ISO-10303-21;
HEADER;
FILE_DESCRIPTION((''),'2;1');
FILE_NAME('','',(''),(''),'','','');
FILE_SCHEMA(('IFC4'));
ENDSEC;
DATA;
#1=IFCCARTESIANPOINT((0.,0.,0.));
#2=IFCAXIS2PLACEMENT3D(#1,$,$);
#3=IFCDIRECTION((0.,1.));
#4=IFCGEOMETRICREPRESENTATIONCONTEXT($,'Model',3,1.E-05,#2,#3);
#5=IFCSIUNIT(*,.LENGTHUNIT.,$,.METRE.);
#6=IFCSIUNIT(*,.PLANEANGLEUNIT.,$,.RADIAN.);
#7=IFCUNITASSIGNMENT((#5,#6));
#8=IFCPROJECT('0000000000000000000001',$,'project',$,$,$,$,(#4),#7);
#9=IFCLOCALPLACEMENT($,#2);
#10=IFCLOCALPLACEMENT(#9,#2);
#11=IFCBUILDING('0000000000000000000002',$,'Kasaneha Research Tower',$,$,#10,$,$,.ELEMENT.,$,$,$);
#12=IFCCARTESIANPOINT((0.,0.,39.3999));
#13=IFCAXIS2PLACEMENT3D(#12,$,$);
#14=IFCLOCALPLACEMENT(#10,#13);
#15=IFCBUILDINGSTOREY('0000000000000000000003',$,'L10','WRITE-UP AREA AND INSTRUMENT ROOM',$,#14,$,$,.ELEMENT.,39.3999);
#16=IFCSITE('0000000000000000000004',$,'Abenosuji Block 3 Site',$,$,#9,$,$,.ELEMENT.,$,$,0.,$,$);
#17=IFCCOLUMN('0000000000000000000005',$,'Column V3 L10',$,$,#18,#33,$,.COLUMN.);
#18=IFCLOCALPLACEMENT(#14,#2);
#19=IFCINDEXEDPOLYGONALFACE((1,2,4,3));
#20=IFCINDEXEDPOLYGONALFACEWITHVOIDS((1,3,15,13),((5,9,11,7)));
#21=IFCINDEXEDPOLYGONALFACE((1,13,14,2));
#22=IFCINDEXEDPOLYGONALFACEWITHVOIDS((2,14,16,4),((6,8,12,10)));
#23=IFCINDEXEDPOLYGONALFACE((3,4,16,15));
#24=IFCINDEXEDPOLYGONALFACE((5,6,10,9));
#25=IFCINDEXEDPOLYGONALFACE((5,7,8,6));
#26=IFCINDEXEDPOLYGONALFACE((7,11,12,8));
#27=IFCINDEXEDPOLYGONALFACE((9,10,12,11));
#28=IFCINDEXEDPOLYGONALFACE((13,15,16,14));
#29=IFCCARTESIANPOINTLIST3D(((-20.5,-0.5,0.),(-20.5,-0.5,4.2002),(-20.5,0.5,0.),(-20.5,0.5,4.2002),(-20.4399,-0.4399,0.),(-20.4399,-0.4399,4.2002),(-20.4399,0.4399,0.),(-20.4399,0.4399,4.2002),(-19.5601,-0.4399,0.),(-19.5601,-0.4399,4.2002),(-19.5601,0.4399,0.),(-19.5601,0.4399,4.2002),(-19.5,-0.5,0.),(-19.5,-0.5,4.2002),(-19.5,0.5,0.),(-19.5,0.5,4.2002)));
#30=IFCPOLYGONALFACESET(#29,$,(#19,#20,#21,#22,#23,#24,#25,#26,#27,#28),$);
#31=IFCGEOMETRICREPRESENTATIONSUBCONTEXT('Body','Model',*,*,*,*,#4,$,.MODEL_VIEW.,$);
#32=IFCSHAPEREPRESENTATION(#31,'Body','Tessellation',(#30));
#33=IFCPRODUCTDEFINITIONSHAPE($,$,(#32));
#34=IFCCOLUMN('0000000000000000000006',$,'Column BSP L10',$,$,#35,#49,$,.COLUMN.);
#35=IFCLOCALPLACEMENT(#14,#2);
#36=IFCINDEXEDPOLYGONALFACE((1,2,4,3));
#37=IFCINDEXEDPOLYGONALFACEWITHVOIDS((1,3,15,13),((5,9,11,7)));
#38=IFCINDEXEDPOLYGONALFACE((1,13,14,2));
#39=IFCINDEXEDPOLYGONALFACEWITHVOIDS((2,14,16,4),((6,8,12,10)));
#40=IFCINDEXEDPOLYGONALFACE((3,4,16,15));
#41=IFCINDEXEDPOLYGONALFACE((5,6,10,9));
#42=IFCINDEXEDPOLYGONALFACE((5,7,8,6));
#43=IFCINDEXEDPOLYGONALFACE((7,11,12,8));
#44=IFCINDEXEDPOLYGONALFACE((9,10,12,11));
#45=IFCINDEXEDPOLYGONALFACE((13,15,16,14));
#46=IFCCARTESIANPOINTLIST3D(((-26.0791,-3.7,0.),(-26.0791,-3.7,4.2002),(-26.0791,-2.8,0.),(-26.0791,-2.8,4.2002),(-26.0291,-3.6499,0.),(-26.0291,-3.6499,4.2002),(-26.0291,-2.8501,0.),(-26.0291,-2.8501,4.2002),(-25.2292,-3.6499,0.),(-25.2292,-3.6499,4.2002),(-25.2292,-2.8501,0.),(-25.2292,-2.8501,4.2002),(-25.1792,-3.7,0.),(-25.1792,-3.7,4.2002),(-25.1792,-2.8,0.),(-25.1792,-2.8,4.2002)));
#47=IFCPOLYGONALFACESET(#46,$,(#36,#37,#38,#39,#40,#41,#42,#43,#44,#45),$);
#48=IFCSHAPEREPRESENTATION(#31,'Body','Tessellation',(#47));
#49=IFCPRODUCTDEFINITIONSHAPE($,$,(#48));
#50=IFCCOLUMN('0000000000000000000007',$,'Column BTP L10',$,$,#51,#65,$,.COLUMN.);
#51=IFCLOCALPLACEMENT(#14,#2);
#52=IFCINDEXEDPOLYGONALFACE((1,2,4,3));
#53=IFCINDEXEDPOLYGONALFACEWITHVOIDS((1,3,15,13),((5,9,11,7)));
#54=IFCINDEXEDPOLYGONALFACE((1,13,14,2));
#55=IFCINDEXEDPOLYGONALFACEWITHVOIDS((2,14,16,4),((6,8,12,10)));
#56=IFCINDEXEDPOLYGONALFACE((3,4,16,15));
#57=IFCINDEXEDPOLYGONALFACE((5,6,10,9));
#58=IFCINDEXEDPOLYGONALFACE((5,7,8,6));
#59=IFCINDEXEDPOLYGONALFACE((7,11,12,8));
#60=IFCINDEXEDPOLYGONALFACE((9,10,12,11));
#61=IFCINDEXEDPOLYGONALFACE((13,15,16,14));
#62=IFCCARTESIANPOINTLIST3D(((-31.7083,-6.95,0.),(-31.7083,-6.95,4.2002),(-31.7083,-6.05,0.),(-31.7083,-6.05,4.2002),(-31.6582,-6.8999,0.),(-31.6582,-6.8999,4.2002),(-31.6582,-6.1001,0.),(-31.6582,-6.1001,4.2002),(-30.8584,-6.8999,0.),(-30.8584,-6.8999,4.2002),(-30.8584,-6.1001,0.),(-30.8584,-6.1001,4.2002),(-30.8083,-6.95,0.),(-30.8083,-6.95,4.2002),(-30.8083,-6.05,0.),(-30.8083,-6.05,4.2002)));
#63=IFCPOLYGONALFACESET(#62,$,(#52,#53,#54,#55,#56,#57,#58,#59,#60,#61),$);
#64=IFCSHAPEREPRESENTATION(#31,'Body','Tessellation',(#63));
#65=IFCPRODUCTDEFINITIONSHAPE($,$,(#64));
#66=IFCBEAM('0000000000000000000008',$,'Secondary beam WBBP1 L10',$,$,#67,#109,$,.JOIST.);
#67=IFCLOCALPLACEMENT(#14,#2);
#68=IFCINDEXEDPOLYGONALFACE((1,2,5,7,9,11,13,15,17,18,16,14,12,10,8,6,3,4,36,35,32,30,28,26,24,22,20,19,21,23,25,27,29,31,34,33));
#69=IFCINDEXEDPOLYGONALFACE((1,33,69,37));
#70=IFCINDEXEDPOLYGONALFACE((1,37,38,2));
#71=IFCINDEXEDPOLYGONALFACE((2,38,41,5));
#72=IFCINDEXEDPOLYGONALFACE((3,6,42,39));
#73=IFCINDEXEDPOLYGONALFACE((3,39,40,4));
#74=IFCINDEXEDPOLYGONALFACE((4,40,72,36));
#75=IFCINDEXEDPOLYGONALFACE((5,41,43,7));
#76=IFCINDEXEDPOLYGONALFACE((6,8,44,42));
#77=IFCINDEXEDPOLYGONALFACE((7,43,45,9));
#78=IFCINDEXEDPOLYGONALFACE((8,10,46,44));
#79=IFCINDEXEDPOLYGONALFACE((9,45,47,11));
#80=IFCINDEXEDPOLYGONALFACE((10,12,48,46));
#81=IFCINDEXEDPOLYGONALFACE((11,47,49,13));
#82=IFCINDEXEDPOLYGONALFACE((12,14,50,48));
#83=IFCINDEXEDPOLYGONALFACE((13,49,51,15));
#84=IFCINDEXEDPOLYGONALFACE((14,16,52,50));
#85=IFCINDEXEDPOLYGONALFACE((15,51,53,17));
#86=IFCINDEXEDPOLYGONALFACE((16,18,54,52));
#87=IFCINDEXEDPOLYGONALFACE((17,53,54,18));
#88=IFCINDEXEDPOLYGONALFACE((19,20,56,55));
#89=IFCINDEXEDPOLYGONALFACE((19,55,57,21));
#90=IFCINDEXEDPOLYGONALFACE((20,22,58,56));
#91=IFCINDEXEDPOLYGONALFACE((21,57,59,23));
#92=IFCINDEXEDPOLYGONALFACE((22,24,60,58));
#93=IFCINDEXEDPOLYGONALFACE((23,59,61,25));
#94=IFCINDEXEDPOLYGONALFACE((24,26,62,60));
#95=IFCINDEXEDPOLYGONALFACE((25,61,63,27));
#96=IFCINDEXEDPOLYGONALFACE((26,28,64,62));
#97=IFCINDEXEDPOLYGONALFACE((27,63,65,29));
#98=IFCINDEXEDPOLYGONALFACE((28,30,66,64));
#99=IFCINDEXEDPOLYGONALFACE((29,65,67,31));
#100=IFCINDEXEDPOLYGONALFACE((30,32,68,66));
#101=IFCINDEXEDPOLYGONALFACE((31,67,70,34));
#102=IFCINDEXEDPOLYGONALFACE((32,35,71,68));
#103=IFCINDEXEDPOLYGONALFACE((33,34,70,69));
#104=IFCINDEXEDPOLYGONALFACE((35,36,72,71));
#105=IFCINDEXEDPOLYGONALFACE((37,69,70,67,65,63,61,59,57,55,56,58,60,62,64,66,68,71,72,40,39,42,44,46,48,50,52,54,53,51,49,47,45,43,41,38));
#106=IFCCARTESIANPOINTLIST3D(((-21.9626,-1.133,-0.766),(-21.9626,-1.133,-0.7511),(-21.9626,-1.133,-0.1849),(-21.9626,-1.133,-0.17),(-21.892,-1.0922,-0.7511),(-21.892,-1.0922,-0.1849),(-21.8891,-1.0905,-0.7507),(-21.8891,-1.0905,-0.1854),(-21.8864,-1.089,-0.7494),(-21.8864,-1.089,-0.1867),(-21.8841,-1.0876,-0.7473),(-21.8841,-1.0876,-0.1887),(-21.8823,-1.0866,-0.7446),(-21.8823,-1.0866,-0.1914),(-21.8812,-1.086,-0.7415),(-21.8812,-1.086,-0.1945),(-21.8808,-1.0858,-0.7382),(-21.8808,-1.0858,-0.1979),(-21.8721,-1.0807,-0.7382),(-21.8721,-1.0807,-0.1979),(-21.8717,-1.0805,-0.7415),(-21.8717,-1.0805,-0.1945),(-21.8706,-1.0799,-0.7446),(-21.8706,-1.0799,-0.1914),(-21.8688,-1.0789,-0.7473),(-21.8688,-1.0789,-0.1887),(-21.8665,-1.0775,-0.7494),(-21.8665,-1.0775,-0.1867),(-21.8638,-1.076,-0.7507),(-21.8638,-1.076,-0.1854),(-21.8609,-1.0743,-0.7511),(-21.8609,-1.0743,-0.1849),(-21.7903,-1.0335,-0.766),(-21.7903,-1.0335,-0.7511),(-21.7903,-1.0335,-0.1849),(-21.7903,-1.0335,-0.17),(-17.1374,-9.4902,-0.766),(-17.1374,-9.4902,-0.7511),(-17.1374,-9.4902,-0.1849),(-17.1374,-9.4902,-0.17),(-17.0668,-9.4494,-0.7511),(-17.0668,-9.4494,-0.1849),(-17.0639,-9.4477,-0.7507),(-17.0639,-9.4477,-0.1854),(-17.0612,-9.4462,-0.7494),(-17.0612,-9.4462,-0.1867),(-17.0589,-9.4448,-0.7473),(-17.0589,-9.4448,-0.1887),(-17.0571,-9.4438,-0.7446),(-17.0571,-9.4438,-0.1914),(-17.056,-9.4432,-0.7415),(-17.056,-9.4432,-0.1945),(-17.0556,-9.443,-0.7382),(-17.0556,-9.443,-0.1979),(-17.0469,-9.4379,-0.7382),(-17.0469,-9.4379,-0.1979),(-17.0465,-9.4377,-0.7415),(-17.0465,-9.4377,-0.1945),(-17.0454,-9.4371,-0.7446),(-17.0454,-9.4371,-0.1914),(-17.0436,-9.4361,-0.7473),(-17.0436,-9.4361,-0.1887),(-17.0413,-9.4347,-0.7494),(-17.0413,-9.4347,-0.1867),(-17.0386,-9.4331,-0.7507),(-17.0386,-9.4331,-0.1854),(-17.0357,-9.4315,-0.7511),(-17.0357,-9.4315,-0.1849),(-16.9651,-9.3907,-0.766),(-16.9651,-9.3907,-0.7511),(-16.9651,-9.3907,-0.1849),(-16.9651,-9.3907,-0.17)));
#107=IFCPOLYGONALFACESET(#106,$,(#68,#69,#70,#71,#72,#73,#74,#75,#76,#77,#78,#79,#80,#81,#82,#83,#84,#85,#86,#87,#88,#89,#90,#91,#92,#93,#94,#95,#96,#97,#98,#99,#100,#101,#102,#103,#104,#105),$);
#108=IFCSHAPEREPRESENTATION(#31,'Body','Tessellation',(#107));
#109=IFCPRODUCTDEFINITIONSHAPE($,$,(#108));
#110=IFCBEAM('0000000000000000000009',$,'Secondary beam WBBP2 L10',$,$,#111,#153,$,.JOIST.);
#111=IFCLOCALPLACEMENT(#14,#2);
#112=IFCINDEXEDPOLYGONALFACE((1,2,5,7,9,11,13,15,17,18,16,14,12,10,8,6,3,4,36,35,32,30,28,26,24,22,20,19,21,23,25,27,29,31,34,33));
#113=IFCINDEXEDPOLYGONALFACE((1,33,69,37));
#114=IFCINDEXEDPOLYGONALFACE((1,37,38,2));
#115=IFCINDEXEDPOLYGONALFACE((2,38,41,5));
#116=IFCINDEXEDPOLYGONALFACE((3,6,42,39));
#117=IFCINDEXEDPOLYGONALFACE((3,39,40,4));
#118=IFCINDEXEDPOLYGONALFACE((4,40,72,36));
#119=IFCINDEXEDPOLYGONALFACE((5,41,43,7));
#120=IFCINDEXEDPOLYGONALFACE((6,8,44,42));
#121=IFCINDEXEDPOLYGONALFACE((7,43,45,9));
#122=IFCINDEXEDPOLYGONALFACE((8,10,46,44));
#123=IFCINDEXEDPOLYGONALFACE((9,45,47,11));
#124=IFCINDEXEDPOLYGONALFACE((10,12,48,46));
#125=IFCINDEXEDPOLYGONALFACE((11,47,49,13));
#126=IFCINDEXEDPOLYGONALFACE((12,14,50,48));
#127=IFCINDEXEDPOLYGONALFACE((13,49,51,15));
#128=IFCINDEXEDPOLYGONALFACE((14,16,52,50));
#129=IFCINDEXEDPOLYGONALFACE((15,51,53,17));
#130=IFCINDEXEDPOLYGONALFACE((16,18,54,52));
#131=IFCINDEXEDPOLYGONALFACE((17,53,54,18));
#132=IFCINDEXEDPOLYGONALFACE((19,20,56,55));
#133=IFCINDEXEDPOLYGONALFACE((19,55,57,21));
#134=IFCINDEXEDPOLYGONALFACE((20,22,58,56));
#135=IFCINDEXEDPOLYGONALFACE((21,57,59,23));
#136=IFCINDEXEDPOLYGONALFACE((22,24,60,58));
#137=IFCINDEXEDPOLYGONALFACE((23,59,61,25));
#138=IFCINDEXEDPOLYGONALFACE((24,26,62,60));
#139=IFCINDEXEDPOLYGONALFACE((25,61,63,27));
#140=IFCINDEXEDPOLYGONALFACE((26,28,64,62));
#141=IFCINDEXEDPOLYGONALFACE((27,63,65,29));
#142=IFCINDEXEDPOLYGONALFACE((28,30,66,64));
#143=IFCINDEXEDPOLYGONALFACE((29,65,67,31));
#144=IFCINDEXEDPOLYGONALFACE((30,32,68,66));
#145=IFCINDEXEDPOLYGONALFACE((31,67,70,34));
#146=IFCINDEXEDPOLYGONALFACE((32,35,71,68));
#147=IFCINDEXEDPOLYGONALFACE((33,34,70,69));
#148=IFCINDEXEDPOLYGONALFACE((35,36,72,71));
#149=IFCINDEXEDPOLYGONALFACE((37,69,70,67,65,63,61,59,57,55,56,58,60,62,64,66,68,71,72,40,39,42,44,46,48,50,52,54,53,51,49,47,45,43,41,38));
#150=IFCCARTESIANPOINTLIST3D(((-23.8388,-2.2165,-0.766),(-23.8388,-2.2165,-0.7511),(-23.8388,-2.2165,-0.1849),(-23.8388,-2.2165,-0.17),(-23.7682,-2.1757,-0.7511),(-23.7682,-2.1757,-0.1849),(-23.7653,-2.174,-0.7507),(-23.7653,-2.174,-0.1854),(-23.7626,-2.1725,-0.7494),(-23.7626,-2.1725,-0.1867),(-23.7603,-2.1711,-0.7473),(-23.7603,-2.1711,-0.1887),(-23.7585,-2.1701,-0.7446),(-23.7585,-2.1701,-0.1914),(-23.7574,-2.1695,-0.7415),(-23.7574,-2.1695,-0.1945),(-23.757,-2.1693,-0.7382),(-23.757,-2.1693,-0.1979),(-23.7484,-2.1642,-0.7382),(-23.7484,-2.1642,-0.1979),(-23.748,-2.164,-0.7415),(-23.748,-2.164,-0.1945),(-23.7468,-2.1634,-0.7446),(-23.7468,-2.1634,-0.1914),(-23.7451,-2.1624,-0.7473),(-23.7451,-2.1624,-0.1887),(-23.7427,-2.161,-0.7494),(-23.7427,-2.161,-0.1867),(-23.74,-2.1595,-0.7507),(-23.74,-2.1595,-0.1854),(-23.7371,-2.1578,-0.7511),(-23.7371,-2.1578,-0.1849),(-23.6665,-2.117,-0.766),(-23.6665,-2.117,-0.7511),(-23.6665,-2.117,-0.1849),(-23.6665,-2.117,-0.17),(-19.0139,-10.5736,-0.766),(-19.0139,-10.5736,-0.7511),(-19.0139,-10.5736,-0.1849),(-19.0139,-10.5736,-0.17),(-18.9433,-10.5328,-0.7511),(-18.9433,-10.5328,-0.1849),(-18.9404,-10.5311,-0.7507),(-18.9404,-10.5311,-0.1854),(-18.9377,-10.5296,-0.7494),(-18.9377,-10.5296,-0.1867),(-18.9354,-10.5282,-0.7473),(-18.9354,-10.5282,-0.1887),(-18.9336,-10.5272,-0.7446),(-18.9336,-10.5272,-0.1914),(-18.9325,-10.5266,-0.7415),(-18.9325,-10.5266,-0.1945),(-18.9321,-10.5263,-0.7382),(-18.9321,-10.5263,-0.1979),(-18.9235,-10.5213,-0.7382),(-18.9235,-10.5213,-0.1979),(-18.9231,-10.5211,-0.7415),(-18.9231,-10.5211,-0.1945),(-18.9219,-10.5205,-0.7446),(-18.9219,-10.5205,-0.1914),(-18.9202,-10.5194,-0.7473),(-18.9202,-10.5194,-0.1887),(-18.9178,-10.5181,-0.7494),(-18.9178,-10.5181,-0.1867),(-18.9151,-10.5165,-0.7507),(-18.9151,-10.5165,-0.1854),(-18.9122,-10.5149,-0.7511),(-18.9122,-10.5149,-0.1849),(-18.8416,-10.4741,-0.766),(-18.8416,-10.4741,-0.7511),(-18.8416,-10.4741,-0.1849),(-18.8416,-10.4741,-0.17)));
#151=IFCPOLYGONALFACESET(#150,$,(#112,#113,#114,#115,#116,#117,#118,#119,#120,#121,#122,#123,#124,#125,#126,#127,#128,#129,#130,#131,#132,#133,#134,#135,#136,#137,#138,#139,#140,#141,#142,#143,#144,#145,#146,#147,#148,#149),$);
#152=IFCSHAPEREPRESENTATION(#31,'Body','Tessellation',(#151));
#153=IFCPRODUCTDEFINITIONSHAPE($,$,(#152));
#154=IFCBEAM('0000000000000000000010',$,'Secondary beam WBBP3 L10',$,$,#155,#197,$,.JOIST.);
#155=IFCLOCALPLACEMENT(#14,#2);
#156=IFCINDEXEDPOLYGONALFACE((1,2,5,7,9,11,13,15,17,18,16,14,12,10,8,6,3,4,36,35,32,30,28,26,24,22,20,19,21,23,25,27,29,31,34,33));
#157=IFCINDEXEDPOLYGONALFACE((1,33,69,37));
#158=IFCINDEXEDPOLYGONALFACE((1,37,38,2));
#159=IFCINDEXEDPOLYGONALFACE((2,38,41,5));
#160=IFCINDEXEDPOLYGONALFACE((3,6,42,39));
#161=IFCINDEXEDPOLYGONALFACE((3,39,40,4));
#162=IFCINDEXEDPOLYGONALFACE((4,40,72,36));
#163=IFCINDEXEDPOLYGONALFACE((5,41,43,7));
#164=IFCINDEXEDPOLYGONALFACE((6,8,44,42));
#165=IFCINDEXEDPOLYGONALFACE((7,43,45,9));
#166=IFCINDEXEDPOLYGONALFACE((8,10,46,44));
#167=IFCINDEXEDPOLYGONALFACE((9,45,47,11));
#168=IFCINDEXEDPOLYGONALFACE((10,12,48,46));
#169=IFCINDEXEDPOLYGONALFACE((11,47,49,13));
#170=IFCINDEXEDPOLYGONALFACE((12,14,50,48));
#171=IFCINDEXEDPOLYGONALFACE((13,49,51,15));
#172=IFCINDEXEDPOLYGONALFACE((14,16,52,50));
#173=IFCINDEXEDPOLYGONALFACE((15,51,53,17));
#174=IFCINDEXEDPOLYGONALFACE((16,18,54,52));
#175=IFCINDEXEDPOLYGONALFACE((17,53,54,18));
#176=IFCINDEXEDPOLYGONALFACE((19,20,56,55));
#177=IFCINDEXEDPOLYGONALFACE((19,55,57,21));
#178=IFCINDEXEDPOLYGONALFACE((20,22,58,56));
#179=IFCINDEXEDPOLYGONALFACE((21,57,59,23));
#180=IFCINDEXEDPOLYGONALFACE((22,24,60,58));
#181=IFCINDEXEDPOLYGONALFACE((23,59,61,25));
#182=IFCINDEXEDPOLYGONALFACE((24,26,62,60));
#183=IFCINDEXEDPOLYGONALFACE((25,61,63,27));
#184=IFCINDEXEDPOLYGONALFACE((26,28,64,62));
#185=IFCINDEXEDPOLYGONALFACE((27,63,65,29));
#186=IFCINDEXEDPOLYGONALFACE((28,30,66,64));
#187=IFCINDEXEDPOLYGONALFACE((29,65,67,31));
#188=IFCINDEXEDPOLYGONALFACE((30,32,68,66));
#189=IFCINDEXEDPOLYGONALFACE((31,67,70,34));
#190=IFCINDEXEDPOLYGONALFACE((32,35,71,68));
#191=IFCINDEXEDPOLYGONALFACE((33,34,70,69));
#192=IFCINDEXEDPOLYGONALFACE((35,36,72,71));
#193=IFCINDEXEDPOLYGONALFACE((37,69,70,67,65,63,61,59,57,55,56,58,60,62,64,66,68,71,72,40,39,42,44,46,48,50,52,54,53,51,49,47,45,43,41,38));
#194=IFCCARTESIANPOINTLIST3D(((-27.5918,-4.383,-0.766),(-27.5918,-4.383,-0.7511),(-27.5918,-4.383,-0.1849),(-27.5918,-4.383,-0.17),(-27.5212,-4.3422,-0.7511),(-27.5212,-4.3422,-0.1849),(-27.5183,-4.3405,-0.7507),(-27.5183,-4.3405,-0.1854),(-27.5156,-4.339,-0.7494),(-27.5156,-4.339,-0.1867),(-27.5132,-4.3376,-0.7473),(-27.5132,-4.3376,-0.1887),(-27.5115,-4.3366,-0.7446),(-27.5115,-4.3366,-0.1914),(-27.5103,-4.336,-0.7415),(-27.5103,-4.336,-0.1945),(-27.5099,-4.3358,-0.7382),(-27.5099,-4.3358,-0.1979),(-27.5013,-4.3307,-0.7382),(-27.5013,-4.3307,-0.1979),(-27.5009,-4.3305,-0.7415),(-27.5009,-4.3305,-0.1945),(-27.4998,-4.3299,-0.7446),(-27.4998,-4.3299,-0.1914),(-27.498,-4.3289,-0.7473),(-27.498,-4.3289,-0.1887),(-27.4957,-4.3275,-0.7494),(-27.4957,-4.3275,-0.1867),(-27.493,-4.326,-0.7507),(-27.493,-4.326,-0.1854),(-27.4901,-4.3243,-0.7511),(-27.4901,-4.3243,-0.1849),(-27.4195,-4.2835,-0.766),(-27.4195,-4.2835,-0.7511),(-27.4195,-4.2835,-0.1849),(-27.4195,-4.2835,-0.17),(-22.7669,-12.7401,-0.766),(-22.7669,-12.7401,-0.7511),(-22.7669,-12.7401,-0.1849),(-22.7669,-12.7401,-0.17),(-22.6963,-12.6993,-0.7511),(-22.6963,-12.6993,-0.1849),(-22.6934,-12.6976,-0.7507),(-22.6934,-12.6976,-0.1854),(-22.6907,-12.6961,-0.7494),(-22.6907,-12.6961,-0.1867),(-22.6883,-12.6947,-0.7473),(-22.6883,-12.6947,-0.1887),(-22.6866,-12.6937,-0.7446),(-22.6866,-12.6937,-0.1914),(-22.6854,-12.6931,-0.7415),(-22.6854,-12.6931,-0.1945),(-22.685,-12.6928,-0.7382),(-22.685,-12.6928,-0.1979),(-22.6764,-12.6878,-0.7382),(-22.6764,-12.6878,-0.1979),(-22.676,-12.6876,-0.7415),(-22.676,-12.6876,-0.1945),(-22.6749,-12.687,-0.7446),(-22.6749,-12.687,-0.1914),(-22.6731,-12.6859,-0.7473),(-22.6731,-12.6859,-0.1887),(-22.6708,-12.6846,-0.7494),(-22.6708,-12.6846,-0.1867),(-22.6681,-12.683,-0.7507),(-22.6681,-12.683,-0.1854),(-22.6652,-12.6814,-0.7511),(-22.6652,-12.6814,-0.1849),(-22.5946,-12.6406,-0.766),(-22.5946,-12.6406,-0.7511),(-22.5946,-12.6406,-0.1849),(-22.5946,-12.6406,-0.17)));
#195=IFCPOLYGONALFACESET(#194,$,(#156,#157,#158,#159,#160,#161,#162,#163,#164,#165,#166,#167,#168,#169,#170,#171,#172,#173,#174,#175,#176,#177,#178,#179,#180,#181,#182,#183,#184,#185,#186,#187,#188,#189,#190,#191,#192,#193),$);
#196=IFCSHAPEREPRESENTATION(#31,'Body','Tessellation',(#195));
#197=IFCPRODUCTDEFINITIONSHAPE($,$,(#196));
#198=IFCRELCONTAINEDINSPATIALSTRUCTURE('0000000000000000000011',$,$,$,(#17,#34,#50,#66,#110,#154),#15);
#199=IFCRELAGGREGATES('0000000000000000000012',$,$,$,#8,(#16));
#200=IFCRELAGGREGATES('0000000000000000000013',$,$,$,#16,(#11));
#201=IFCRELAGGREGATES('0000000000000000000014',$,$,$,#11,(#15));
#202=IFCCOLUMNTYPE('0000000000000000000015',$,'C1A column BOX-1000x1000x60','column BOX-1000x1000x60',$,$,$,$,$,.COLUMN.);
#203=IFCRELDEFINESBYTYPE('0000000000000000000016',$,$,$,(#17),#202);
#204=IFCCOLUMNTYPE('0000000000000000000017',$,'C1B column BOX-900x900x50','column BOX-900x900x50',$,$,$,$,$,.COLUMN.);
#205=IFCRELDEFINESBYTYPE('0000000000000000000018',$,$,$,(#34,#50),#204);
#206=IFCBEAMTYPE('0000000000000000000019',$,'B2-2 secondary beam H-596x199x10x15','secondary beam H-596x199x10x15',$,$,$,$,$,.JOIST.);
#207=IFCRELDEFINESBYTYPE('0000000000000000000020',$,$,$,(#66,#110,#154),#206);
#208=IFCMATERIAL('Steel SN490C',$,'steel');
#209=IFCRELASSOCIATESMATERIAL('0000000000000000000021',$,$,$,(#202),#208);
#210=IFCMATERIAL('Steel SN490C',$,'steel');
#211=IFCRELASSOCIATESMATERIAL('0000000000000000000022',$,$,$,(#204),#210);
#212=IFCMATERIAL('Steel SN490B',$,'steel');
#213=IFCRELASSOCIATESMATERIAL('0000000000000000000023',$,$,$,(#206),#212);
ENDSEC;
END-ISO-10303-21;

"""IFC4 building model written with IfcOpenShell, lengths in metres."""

from ifc_helpers import new_model, si_unit, direction, frame, origin, origin_2d, place, context, subcontext, project, spatial, hollow_rectangle, i_section, extrude, material, material_profile, profile_set, type_object, element, save


model = new_model("IFC4")

# Units and contexts
model_context = context("Model", 3, precision=1e-05, world=origin(), true_north=direction((0.0, 1.0)))
body_context = subcontext(model_context, "Body", "Model", "MODEL_VIEW")
ifc_project = project(units=[si_unit("LENGTHUNIT", "METRE"), si_unit("PLANEANGLEUNIT", "RADIAN")], contexts=[model_context])

# Site, building, storey
site_placement = place(None, origin())
site = spatial("IfcSite", under=ifc_project, at=site_placement, Name="Abenosuji Block 3 Site", CompositionType="ELEMENT", RefElevation=0.0)
building_placement = place(site_placement, origin())
building = spatial("IfcBuilding", under=site, at=building_placement, Name="Kasaneha Research Tower", CompositionType="ELEMENT")
storey_placement = place(building_placement, frame((0.0, 0.0, 39.3999)))
storey = spatial("IfcBuildingStorey", under=building, at=storey_placement, Name="L10", Description="WRITE-UP AREA AND INSTRUMENT ROOM", CompositionType="ELEMENT", Elevation=39.3999)

# Columns
ifc_material_1 = material(Name="Steel SN490C", Category="steel")
ifc_material_profile_1 = material_profile(ifc_material_1, hollow_rectangle(XDim=1.0, YDim=1.0, WallThickness=0.0601, at=origin_2d()), Name="BOX-1000x1000x60")
ifc_profile_set_1 = profile_set([ifc_material_profile_1], Name="Steel SN490C")
column_type_1 = type_object("IfcColumnType", Name="C1A column BOX-1000x1000x60", Description="column BOX-1000x1000x60", PredefinedType="COLUMN", material=ifc_profile_set_1)
column_placement = place(storey_placement, frame((-20.0, 0.0, 0.0), z_axis=(0.0, 0.0, 1.0), x_axis=(1.0, 0.0, 0.0)))
element("IfcColumn", 1, at=column_placement, inside=storey, type_object=column_type_1, Name="Column V3 L10", PredefinedType="COLUMN", context=body_context, shape_type="SweptSolid", body=[
    extrude(hollow_rectangle(XDim=1.0, YDim=1.0, WallThickness=0.0601, at=origin_2d()), origin(), (0.0, 0.0, 1.0), 4.2002),
])
ifc_material_2 = material(Name="Steel SN490C", Category="steel")
ifc_material_profile_2 = material_profile(ifc_material_2, hollow_rectangle(XDim=0.8999, YDim=0.8999, WallThickness=0.05, at=origin_2d()), Name="BOX-900x900x50")
ifc_profile_set_2 = profile_set([ifc_material_profile_2], Name="Steel SN490C")
column_type_2 = type_object("IfcColumnType", Name="C1B column BOX-900x900x50", Description="column BOX-900x900x50", PredefinedType="COLUMN", material=ifc_profile_set_2)
for number, where, z_axis, x_axis, name in (
    (2, (-25.6292, -3.25, 0.0), (0.0, 0.0, 1.0), (1.0, 0.0, 0.0), "Column BSP L10"),
    (3, (-31.2583, -6.5, 0.0), (0.0, 0.0, 1.0), (1.0, 0.0, 0.0), "Column BTP L10"),
):
    element("IfcColumn", number, at=place(storey_placement, frame(where, z_axis=z_axis, x_axis=x_axis)), inside=storey, type_object=column_type_2, Name=name, PredefinedType="COLUMN", context=body_context, shape_type="SweptSolid", body=[
        extrude(hollow_rectangle(XDim=0.8999, YDim=0.8999, WallThickness=0.05, at=origin_2d()), origin(), (0.0, 0.0, 1.0), 4.2002),
    ])

# Beams
ifc_material_3 = material(Name="Steel SN490B", Category="steel")
ifc_material_profile_3 = material_profile(ifc_material_3, i_section(OverallWidth=0.199, OverallDepth=0.5959, WebThickness=0.01, FlangeThickness=0.0149, FilletRadius=0.0129, at=origin_2d()), Name="H-596x199x10x15")
ifc_profile_set_3 = profile_set([ifc_material_profile_3], Name="Steel SN490B")
beam_type_1 = type_object("IfcBeamType", Name="B2-2 secondary beam H-596x199x10x15", Description="secondary beam H-596x199x10x15", PredefinedType="JOIST", material=ifc_profile_set_3)
beam_1_placement = place(storey_placement, frame((-21.8765, -1.0833, -0.468), z_axis=(0.500014, -0.866017, 0.0), x_axis=(0.866017, 0.500014, 0.0)))
element("IfcBeam", 4, at=beam_1_placement, inside=storey, type_object=beam_type_1, Name="Secondary beam WBBP1 L10", PredefinedType="JOIST", context=body_context, shape_type="SweptSolid", body=[
    extrude(i_section(OverallWidth=0.199, OverallDepth=0.5959, WebThickness=0.01, FlangeThickness=0.0149, FilletRadius=0.0129, at=origin_2d()), origin(), (0.0, 0.0, 1.0), 9.6501),
])
for number, where, z_axis, x_axis, name in (
    (5, (-23.7527, -2.1667, -0.468), (0.499995, -0.866028, 0.0), (0.866028, 0.499995, 0.0), "Secondary beam WBBP2 L10"),
    (6, (-27.5056, -4.3333, -0.468), (0.499995, -0.866028, 0.0), (0.866028, 0.499995, 0.0), "Secondary beam WBBP3 L10"),
):
    element("IfcBeam", number, at=place(storey_placement, frame(where, z_axis=z_axis, x_axis=x_axis)), inside=storey, type_object=beam_type_1, Name=name, PredefinedType="JOIST", context=body_context, shape_type="SweptSolid", body=[
        extrude(i_section(OverallWidth=0.199, OverallDepth=0.5959, WebThickness=0.01, FlangeThickness=0.0149, FilletRadius=0.0129, at=origin_2d()), origin(), (0.0, 0.0, 1.0), 9.6499),
    ])

save(model, "model.ifc")
